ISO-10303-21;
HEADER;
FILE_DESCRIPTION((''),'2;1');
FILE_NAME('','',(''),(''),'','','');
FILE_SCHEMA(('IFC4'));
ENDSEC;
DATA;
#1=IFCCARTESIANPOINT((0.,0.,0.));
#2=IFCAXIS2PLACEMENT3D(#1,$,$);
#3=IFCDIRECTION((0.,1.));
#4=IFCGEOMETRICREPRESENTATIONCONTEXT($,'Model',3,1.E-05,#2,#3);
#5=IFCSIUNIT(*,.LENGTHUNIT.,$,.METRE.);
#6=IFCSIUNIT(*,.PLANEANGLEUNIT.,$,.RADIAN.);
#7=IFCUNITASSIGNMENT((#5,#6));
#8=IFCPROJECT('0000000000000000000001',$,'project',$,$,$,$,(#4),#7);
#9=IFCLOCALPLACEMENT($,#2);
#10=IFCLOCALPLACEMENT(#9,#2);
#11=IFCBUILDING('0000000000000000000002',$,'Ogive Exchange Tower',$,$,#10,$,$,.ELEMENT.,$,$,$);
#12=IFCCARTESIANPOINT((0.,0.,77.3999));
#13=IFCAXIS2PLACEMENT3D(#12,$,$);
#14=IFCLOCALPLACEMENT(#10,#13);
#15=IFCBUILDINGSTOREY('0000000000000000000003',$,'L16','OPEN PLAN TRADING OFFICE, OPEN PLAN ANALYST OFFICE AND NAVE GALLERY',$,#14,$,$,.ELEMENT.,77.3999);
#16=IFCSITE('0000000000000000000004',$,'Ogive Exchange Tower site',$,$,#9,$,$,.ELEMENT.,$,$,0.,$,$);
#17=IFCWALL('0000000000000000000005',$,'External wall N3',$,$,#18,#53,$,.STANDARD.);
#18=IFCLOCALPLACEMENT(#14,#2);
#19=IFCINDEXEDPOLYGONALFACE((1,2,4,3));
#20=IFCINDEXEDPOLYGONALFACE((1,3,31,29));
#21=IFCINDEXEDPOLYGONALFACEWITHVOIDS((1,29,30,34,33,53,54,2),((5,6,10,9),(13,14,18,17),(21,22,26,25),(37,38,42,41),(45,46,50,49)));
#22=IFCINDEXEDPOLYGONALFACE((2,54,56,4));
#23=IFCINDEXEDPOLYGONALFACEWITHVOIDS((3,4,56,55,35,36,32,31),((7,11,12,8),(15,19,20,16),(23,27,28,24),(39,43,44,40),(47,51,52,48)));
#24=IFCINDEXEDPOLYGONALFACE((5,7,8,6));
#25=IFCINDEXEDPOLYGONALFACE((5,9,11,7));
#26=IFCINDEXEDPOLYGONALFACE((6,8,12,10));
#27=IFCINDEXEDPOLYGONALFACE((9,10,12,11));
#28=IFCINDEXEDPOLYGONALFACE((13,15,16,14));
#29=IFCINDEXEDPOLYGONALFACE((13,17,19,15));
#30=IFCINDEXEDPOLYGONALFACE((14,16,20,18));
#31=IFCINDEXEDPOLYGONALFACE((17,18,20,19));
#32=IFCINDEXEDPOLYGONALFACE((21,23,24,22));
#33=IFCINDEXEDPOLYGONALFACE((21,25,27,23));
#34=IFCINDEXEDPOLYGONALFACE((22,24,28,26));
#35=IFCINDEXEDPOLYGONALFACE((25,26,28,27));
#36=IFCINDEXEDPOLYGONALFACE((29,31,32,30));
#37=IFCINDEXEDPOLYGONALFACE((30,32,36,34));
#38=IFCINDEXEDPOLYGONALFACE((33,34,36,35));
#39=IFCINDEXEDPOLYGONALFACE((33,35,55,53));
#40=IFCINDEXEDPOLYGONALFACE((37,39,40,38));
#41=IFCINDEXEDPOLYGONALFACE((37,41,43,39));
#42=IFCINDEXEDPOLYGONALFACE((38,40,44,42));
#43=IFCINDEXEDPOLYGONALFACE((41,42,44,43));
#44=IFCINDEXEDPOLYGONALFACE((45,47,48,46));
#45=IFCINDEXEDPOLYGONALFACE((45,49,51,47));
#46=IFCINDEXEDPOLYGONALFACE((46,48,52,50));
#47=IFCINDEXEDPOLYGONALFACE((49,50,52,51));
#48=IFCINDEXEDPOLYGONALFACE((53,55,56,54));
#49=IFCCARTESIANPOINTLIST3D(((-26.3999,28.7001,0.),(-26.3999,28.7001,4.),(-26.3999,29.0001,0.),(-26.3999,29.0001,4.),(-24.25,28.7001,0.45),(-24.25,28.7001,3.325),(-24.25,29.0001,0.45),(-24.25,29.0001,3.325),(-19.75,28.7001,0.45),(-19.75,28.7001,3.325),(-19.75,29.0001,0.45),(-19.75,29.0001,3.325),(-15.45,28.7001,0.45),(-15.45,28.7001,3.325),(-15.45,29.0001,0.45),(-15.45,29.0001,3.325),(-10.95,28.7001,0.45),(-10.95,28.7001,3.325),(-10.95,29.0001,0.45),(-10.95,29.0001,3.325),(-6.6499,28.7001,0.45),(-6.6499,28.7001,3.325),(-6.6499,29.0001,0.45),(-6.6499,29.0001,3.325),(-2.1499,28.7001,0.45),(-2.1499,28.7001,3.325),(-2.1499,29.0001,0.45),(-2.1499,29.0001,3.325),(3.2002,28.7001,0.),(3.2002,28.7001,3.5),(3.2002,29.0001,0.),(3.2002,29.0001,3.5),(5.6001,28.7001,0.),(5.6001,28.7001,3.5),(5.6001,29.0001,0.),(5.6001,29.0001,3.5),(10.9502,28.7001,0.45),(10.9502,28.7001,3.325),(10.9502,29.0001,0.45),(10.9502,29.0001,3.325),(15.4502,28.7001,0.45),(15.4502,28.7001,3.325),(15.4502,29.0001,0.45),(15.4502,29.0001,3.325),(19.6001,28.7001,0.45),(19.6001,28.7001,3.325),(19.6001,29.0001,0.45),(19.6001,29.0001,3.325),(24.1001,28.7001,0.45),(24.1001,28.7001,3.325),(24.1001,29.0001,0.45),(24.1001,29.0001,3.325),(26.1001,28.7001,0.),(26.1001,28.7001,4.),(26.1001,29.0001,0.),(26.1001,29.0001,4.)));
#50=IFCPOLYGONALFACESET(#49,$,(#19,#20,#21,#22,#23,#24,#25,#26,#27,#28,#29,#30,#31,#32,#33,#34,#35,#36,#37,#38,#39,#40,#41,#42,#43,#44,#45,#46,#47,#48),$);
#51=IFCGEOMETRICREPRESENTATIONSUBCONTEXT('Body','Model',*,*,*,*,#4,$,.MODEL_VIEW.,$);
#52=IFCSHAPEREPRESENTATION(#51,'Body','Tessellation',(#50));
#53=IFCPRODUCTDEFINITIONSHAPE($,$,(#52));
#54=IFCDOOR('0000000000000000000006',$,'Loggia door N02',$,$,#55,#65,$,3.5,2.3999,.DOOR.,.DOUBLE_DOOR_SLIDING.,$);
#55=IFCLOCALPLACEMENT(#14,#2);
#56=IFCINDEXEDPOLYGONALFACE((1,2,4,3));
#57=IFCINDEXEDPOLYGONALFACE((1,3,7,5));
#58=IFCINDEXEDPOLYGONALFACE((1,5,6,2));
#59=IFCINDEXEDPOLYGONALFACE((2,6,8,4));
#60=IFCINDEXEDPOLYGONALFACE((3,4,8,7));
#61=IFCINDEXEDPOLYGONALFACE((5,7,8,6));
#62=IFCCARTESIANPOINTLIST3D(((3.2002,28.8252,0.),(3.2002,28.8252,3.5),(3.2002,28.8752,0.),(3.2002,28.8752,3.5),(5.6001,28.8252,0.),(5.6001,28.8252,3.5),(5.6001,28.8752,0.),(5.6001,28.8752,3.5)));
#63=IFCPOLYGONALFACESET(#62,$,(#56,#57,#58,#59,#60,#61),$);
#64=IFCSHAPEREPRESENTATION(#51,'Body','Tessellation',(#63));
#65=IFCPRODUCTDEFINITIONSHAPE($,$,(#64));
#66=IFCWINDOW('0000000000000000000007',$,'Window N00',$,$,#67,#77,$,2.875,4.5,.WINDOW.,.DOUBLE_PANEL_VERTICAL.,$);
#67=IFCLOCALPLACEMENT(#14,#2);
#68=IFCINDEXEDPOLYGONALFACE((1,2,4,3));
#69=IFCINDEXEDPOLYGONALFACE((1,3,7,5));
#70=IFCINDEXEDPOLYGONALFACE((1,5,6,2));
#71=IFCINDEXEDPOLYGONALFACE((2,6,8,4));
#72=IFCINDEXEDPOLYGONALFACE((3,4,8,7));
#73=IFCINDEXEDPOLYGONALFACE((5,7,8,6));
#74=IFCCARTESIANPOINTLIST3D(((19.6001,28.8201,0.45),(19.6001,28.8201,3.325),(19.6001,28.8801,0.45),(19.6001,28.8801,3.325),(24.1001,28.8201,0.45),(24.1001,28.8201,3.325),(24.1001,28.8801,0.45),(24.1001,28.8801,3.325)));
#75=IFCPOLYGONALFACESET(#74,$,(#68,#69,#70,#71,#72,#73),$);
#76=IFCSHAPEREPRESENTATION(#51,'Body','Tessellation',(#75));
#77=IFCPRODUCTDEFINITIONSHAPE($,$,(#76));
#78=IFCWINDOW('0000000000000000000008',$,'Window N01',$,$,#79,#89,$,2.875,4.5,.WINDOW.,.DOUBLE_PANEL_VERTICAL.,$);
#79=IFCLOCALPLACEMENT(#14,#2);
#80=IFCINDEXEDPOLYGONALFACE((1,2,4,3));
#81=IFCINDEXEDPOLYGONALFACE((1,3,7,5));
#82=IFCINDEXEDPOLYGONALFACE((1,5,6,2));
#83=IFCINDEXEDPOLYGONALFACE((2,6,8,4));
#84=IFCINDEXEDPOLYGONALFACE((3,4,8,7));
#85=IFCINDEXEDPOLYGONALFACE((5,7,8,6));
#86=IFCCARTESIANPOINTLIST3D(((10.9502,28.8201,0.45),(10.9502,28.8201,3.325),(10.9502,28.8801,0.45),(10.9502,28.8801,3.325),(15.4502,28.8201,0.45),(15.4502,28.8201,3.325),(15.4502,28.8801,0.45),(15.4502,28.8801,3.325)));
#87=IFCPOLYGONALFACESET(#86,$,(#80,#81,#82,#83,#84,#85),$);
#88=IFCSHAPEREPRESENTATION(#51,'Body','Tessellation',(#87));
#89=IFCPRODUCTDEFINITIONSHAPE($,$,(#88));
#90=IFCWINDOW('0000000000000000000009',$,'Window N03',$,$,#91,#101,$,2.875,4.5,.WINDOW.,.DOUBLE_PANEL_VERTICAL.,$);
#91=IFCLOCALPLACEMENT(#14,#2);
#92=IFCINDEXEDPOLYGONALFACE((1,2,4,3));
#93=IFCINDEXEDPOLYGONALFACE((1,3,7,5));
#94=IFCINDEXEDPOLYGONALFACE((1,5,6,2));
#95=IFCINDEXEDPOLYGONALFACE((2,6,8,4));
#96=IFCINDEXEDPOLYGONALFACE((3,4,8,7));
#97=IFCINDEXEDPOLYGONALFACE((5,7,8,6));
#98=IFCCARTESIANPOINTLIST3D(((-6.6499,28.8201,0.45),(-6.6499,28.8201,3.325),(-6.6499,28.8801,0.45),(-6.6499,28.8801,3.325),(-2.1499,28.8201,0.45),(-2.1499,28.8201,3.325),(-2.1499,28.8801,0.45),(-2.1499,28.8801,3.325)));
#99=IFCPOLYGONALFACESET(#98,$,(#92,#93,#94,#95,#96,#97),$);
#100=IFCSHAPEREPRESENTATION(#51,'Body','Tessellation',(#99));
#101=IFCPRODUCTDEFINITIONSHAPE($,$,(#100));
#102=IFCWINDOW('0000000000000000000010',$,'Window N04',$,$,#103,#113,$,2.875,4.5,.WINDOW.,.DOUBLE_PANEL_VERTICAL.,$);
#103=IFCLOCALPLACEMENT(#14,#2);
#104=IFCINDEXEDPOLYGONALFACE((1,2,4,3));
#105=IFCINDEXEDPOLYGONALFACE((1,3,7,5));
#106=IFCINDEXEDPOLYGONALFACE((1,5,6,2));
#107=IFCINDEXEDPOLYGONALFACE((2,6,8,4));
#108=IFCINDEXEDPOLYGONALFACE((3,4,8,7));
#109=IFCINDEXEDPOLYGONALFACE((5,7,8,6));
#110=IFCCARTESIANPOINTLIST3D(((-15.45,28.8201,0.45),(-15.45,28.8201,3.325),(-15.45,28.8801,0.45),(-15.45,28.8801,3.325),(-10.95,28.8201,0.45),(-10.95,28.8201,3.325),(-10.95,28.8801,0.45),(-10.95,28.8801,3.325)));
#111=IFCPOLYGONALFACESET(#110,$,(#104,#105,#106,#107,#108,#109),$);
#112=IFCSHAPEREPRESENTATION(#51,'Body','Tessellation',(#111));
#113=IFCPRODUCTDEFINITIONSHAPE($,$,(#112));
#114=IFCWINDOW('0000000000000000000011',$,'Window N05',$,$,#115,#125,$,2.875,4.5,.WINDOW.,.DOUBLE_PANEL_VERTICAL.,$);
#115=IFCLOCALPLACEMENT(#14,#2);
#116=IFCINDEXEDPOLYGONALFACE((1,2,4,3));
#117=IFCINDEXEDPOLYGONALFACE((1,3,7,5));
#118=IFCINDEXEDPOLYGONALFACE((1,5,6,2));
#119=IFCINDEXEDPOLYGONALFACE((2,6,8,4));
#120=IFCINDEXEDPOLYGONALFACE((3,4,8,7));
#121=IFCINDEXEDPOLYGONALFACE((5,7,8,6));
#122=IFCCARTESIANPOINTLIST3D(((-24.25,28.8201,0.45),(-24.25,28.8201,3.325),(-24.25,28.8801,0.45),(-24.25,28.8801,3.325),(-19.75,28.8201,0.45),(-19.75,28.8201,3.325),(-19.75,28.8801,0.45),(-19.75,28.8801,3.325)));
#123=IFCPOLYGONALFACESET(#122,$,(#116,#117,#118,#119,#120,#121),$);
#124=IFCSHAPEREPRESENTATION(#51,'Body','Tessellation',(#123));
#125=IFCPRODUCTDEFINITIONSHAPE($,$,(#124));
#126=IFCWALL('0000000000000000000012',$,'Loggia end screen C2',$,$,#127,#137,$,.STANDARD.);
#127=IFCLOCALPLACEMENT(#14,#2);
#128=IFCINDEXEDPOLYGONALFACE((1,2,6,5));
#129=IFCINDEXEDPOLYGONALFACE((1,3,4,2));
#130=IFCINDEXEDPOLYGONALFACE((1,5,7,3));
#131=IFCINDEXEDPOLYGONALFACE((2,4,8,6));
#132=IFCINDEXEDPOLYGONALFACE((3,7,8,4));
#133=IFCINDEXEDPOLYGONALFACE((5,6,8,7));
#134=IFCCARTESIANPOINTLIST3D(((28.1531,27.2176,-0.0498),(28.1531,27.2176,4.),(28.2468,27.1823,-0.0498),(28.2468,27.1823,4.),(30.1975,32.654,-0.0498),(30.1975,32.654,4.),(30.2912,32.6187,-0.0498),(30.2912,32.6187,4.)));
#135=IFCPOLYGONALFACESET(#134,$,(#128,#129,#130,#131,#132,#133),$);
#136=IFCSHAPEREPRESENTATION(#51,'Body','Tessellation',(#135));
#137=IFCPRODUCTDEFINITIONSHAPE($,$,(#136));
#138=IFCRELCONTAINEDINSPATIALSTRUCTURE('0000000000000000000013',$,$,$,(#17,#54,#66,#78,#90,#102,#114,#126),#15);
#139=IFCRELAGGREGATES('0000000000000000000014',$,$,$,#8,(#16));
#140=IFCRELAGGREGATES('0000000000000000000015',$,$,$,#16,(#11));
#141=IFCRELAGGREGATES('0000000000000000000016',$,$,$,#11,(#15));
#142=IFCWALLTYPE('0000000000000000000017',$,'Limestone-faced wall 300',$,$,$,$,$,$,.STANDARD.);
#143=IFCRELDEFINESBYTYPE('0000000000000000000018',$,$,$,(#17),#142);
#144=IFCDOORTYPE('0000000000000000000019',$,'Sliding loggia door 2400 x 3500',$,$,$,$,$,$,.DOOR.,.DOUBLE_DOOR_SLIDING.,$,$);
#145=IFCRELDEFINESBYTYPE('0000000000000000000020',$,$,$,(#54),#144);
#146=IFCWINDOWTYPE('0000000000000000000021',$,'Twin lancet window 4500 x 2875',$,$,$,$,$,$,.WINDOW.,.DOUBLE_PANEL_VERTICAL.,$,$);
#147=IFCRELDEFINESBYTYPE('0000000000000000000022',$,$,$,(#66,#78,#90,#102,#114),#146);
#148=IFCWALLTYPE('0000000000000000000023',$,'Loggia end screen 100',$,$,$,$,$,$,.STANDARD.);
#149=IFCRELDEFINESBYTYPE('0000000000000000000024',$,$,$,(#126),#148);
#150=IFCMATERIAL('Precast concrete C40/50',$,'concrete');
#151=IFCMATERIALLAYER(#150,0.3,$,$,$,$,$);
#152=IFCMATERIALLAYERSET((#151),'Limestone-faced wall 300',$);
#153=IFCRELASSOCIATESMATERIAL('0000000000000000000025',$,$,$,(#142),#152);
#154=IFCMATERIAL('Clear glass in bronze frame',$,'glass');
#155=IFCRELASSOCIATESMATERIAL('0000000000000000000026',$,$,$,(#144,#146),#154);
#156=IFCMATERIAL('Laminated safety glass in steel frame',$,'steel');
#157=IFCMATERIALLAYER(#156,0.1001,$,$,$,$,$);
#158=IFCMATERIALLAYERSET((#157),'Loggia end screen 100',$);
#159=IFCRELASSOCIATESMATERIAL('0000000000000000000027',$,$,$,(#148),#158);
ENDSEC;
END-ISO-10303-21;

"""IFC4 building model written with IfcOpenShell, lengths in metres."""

from ifc_helpers import new_model, si_unit, direction, frame, frame_2d, origin, place, context, subcontext, project, spatial, rectangle, extrude, material, layer, layer_set, type_object, element, fill, save


model = new_model("IFC4")

# Units and contexts
model_context = context("Model", 3, precision=1e-05, world=origin(), true_north=direction((0.0, 1.0)))
body_context = subcontext(model_context, "Body", "Model", "MODEL_VIEW")
ifc_project = project(units=[si_unit("LENGTHUNIT", "METRE"), si_unit("PLANEANGLEUNIT", "RADIAN")], contexts=[model_context])

# Site, building, storey
site_placement = place(None, origin())
site = spatial("IfcSite", under=ifc_project, at=site_placement, Name="Ogive Exchange Tower site", CompositionType="ELEMENT", RefElevation=0.0)
building_placement = place(site_placement, origin())
building = spatial("IfcBuilding", under=site, at=building_placement, Name="Ogive Exchange Tower", CompositionType="ELEMENT")
storey_placement = place(building_placement, frame((0.0, 0.0, 77.3999)))
storey = spatial("IfcBuildingStorey", under=building, at=storey_placement, Name="L16", Description="OPEN PLAN TRADING OFFICE, OPEN PLAN ANALYST OFFICE AND NAVE GALLERY", CompositionType="ELEMENT", Elevation=77.3999)

# Wall, openings, door, windows
ifc_material_1 = material(Name="Precast concrete C40/50", Category="concrete")
ifc_layer_1 = layer(ifc_material_1, 0.3)
ifc_layer_set_1 = layer_set([ifc_layer_1], Name="Limestone-faced wall 300")
wall_type_1 = type_object("IfcWallType", Name="Limestone-faced wall 300", PredefinedType="STANDARD", material=ifc_layer_set_1)
wall_1_placement = place(storey_placement, frame((26.1001, 28.8501, 0.0), z_axis=(0.0, 0.0, 1.0), x_axis=(-1.0, 0.0, 0.0)))
wall_1 = element("IfcWall", 1, at=wall_1_placement, inside=storey, type_object=wall_type_1, Name="External wall N3", PredefinedType="STANDARD", context=body_context, shape_type="SweptSolid", body=[
    extrude(rectangle(XDim=52.5, YDim=0.3, at=frame_2d((26.25, 0.0))), origin(), (0.0, 0.0, 1.0), 4.0),
])
opening_1_placement = place(wall_1_placement, frame((2.0, 0.0, 0.45)))
opening_1 = element("IfcOpeningElement", 2, at=opening_1_placement, cuts=wall_1, PredefinedType="OPENING", context=body_context, shape_type="SweptSolid", body=[
    extrude(rectangle(XDim=4.5, YDim=2.875, at=frame_2d((2.25, 1.4375))), frame((0.0, 0.1599, 0.0), z_axis=(0.0, -1.0, 0.0), x_axis=(1.0, 0.0, 0.0)), (0.0, 0.0, 1.0), 0.3201),
])
opening_2_placement = place(wall_1_placement, frame((10.6499, 0.0, 0.45)))
opening_2 = element("IfcOpeningElement", 3, at=opening_2_placement, cuts=wall_1, PredefinedType="OPENING", context=body_context, shape_type="SweptSolid", body=[
    extrude(rectangle(XDim=4.5, YDim=2.875, at=frame_2d((2.25, 1.4375))), frame((0.0, 0.1599, 0.0), z_axis=(0.0, -1.0, 0.0), x_axis=(1.0, 0.0, 0.0)), (0.0, 0.0, 1.0), 0.3201),
])
opening_3_placement = place(wall_1_placement, frame((20.5, 0.0, 0.0)))
opening_3 = element("IfcOpeningElement", 4, at=opening_3_placement, cuts=wall_1, PredefinedType="OPENING", context=body_context, shape_type="SweptSolid", body=[
    extrude(rectangle(XDim=2.3999, YDim=3.5, at=frame_2d((1.2, 1.75))), frame((0.0, 0.1599, 0.0), z_axis=(0.0, -1.0, 0.0), x_axis=(1.0, 0.0, 0.0)), (0.0, 0.0, 1.0), 0.3201),
])
opening_4_placement = place(wall_1_placement, frame((28.25, 0.0, 0.45)))
opening_4 = element("IfcOpeningElement", 5, at=opening_4_placement, cuts=wall_1, PredefinedType="OPENING", context=body_context, shape_type="SweptSolid", body=[
    extrude(rectangle(XDim=4.5, YDim=2.875, at=frame_2d((2.25, 1.4375))), frame((0.0, 0.1599, 0.0), z_axis=(0.0, -1.0, 0.0), x_axis=(1.0, 0.0, 0.0)), (0.0, 0.0, 1.0), 0.3201),
])
opening_5_placement = place(wall_1_placement, frame((37.05, 0.0, 0.45)))
opening_5 = element("IfcOpeningElement", 6, at=opening_5_placement, cuts=wall_1, PredefinedType="OPENING", context=body_context, shape_type="SweptSolid", body=[
    extrude(rectangle(XDim=4.5, YDim=2.875, at=frame_2d((2.25, 1.4375))), frame((0.0, 0.1599, 0.0), z_axis=(0.0, -1.0, 0.0), x_axis=(1.0, 0.0, 0.0)), (0.0, 0.0, 1.0), 0.3201),
])
opening_6_placement = place(wall_1_placement, frame((45.8501, 0.0, 0.45)))
opening_6 = element("IfcOpeningElement", 7, at=opening_6_placement, cuts=wall_1, PredefinedType="OPENING", context=body_context, shape_type="SweptSolid", body=[
    extrude(rectangle(XDim=4.5, YDim=2.875, at=frame_2d((2.25, 1.4375))), frame((0.0, 0.1599, 0.0), z_axis=(0.0, -1.0, 0.0), x_axis=(1.0, 0.0, 0.0)), (0.0, 0.0, 1.0), 0.3201),
])
ifc_material_2 = material(Name="Clear glass in bronze frame", Category="glass")
door_type_1 = type_object("IfcDoorType", Name="Sliding loggia door 2400 x 3500", OperationType="DOUBLE_DOOR_SLIDING", PredefinedType="DOOR", material=ifc_material_2)
door_1_placement = place(opening_3_placement, origin())
door_1 = element("IfcDoor", 8, at=door_1_placement, inside=storey, type_object=door_type_1, Name="Loggia door N02", OperationType="DOUBLE_DOOR_SLIDING", OverallHeight=3.5, OverallWidth=2.3999, PredefinedType="DOOR", context=body_context, shape_type="SweptSolid", body=[
    extrude(rectangle(XDim=2.3999, YDim=3.5, at=frame_2d((1.2, 1.75))), frame((0.0, 0.0249, 0.0), z_axis=(0.0, -1.0, 0.0), x_axis=(1.0, 0.0, 0.0)), (0.0, 0.0, 1.0), 0.05),
])
fill(opening_3, door_1)
window_type = type_object("IfcWindowType", Name="Twin lancet window 4500 x 2875", PartitioningType="DOUBLE_PANEL_VERTICAL", PredefinedType="WINDOW", material=ifc_material_2)
window_1_placement = place(opening_1_placement, origin())
window_1 = element("IfcWindow", 9, at=window_1_placement, inside=storey, type_object=window_type, Name="Window N00", OverallHeight=2.875, OverallWidth=4.5, PartitioningType="DOUBLE_PANEL_VERTICAL", PredefinedType="WINDOW", context=body_context, shape_type="SweptSolid", body=[
    extrude(rectangle(XDim=4.5, YDim=2.875, at=frame_2d((2.25, 1.4375))), frame((0.0, 0.03, 0.0), z_axis=(0.0, -1.0, 0.0), x_axis=(1.0, 0.0, 0.0)), (0.0, 0.0, 1.0), 0.0601),
])
fill(opening_1, window_1)
window_2_placement = place(opening_2_placement, origin())
window_2 = element("IfcWindow", 10, at=window_2_placement, inside=storey, type_object=window_type, Name="Window N01", OverallHeight=2.875, OverallWidth=4.5, PartitioningType="DOUBLE_PANEL_VERTICAL", PredefinedType="WINDOW", context=body_context, shape_type="SweptSolid", body=[
    extrude(rectangle(XDim=4.5, YDim=2.875, at=frame_2d((2.25, 1.4375))), frame((0.0, 0.03, 0.0), z_axis=(0.0, -1.0, 0.0), x_axis=(1.0, 0.0, 0.0)), (0.0, 0.0, 1.0), 0.0601),
])
fill(opening_2, window_2)
window_3_placement = place(opening_4_placement, origin())
window_3 = element("IfcWindow", 11, at=window_3_placement, inside=storey, type_object=window_type, Name="Window N03", OverallHeight=2.875, OverallWidth=4.5, PartitioningType="DOUBLE_PANEL_VERTICAL", PredefinedType="WINDOW", context=body_context, shape_type="SweptSolid", body=[
    extrude(rectangle(XDim=4.5, YDim=2.875, at=frame_2d((2.25, 1.4375))), frame((0.0, 0.03, 0.0), z_axis=(0.0, -1.0, 0.0), x_axis=(1.0, 0.0, 0.0)), (0.0, 0.0, 1.0), 0.0601),
])
fill(opening_4, window_3)
window_4_placement = place(opening_5_placement, origin())
window_4 = element("IfcWindow", 12, at=window_4_placement, inside=storey, type_object=window_type, Name="Window N04", OverallHeight=2.875, OverallWidth=4.5, PartitioningType="DOUBLE_PANEL_VERTICAL", PredefinedType="WINDOW", context=body_context, shape_type="SweptSolid", body=[
    extrude(rectangle(XDim=4.5, YDim=2.875, at=frame_2d((2.25, 1.4375))), frame((0.0, 0.03, 0.0), z_axis=(0.0, -1.0, 0.0), x_axis=(1.0, 0.0, 0.0)), (0.0, 0.0, 1.0), 0.0601),
])
fill(opening_5, window_4)
window_5_placement = place(opening_6_placement, origin())
window_5 = element("IfcWindow", 13, at=window_5_placement, inside=storey, type_object=window_type, Name="Window N05", OverallHeight=2.875, OverallWidth=4.5, PartitioningType="DOUBLE_PANEL_VERTICAL", PredefinedType="WINDOW", context=body_context, shape_type="SweptSolid", body=[
    extrude(rectangle(XDim=4.5, YDim=2.875, at=frame_2d((2.25, 1.4375))), frame((0.0, 0.03, 0.0), z_axis=(0.0, -1.0, 0.0), x_axis=(1.0, 0.0, 0.0)), (0.0, 0.0, 1.0), 0.0601),
])
fill(opening_6, window_5)

# Wall
ifc_material_3 = material(Name="Laminated safety glass in steel frame", Category="steel")
ifc_layer_2 = layer(ifc_material_3, 0.1001)
ifc_layer_set_2 = layer_set([ifc_layer_2], Name="Loggia end screen 100")
wall_type_2 = type_object("IfcWallType", Name="Loggia end screen 100", PredefinedType="STANDARD", material=ifc_layer_set_2)
wall_2_placement = place(storey_placement, frame((28.2, 27.2, -0.0498), z_axis=(0.0, 0.0, 1.0), x_axis=(0.351989, 0.936004, 0.0)))
element("IfcWall", 14, at=wall_2_placement, inside=storey, type_object=wall_type_2, Name="Loggia end screen C2", PredefinedType="STANDARD", context=body_context, shape_type="SweptSolid", body=[
    extrude(rectangle(XDim=5.8081, YDim=0.1001, at=frame_2d((2.9041, 0.0))), origin(), (0.0, 0.0, 1.0), 4.0498),
])

save(model, "model.ifc")
